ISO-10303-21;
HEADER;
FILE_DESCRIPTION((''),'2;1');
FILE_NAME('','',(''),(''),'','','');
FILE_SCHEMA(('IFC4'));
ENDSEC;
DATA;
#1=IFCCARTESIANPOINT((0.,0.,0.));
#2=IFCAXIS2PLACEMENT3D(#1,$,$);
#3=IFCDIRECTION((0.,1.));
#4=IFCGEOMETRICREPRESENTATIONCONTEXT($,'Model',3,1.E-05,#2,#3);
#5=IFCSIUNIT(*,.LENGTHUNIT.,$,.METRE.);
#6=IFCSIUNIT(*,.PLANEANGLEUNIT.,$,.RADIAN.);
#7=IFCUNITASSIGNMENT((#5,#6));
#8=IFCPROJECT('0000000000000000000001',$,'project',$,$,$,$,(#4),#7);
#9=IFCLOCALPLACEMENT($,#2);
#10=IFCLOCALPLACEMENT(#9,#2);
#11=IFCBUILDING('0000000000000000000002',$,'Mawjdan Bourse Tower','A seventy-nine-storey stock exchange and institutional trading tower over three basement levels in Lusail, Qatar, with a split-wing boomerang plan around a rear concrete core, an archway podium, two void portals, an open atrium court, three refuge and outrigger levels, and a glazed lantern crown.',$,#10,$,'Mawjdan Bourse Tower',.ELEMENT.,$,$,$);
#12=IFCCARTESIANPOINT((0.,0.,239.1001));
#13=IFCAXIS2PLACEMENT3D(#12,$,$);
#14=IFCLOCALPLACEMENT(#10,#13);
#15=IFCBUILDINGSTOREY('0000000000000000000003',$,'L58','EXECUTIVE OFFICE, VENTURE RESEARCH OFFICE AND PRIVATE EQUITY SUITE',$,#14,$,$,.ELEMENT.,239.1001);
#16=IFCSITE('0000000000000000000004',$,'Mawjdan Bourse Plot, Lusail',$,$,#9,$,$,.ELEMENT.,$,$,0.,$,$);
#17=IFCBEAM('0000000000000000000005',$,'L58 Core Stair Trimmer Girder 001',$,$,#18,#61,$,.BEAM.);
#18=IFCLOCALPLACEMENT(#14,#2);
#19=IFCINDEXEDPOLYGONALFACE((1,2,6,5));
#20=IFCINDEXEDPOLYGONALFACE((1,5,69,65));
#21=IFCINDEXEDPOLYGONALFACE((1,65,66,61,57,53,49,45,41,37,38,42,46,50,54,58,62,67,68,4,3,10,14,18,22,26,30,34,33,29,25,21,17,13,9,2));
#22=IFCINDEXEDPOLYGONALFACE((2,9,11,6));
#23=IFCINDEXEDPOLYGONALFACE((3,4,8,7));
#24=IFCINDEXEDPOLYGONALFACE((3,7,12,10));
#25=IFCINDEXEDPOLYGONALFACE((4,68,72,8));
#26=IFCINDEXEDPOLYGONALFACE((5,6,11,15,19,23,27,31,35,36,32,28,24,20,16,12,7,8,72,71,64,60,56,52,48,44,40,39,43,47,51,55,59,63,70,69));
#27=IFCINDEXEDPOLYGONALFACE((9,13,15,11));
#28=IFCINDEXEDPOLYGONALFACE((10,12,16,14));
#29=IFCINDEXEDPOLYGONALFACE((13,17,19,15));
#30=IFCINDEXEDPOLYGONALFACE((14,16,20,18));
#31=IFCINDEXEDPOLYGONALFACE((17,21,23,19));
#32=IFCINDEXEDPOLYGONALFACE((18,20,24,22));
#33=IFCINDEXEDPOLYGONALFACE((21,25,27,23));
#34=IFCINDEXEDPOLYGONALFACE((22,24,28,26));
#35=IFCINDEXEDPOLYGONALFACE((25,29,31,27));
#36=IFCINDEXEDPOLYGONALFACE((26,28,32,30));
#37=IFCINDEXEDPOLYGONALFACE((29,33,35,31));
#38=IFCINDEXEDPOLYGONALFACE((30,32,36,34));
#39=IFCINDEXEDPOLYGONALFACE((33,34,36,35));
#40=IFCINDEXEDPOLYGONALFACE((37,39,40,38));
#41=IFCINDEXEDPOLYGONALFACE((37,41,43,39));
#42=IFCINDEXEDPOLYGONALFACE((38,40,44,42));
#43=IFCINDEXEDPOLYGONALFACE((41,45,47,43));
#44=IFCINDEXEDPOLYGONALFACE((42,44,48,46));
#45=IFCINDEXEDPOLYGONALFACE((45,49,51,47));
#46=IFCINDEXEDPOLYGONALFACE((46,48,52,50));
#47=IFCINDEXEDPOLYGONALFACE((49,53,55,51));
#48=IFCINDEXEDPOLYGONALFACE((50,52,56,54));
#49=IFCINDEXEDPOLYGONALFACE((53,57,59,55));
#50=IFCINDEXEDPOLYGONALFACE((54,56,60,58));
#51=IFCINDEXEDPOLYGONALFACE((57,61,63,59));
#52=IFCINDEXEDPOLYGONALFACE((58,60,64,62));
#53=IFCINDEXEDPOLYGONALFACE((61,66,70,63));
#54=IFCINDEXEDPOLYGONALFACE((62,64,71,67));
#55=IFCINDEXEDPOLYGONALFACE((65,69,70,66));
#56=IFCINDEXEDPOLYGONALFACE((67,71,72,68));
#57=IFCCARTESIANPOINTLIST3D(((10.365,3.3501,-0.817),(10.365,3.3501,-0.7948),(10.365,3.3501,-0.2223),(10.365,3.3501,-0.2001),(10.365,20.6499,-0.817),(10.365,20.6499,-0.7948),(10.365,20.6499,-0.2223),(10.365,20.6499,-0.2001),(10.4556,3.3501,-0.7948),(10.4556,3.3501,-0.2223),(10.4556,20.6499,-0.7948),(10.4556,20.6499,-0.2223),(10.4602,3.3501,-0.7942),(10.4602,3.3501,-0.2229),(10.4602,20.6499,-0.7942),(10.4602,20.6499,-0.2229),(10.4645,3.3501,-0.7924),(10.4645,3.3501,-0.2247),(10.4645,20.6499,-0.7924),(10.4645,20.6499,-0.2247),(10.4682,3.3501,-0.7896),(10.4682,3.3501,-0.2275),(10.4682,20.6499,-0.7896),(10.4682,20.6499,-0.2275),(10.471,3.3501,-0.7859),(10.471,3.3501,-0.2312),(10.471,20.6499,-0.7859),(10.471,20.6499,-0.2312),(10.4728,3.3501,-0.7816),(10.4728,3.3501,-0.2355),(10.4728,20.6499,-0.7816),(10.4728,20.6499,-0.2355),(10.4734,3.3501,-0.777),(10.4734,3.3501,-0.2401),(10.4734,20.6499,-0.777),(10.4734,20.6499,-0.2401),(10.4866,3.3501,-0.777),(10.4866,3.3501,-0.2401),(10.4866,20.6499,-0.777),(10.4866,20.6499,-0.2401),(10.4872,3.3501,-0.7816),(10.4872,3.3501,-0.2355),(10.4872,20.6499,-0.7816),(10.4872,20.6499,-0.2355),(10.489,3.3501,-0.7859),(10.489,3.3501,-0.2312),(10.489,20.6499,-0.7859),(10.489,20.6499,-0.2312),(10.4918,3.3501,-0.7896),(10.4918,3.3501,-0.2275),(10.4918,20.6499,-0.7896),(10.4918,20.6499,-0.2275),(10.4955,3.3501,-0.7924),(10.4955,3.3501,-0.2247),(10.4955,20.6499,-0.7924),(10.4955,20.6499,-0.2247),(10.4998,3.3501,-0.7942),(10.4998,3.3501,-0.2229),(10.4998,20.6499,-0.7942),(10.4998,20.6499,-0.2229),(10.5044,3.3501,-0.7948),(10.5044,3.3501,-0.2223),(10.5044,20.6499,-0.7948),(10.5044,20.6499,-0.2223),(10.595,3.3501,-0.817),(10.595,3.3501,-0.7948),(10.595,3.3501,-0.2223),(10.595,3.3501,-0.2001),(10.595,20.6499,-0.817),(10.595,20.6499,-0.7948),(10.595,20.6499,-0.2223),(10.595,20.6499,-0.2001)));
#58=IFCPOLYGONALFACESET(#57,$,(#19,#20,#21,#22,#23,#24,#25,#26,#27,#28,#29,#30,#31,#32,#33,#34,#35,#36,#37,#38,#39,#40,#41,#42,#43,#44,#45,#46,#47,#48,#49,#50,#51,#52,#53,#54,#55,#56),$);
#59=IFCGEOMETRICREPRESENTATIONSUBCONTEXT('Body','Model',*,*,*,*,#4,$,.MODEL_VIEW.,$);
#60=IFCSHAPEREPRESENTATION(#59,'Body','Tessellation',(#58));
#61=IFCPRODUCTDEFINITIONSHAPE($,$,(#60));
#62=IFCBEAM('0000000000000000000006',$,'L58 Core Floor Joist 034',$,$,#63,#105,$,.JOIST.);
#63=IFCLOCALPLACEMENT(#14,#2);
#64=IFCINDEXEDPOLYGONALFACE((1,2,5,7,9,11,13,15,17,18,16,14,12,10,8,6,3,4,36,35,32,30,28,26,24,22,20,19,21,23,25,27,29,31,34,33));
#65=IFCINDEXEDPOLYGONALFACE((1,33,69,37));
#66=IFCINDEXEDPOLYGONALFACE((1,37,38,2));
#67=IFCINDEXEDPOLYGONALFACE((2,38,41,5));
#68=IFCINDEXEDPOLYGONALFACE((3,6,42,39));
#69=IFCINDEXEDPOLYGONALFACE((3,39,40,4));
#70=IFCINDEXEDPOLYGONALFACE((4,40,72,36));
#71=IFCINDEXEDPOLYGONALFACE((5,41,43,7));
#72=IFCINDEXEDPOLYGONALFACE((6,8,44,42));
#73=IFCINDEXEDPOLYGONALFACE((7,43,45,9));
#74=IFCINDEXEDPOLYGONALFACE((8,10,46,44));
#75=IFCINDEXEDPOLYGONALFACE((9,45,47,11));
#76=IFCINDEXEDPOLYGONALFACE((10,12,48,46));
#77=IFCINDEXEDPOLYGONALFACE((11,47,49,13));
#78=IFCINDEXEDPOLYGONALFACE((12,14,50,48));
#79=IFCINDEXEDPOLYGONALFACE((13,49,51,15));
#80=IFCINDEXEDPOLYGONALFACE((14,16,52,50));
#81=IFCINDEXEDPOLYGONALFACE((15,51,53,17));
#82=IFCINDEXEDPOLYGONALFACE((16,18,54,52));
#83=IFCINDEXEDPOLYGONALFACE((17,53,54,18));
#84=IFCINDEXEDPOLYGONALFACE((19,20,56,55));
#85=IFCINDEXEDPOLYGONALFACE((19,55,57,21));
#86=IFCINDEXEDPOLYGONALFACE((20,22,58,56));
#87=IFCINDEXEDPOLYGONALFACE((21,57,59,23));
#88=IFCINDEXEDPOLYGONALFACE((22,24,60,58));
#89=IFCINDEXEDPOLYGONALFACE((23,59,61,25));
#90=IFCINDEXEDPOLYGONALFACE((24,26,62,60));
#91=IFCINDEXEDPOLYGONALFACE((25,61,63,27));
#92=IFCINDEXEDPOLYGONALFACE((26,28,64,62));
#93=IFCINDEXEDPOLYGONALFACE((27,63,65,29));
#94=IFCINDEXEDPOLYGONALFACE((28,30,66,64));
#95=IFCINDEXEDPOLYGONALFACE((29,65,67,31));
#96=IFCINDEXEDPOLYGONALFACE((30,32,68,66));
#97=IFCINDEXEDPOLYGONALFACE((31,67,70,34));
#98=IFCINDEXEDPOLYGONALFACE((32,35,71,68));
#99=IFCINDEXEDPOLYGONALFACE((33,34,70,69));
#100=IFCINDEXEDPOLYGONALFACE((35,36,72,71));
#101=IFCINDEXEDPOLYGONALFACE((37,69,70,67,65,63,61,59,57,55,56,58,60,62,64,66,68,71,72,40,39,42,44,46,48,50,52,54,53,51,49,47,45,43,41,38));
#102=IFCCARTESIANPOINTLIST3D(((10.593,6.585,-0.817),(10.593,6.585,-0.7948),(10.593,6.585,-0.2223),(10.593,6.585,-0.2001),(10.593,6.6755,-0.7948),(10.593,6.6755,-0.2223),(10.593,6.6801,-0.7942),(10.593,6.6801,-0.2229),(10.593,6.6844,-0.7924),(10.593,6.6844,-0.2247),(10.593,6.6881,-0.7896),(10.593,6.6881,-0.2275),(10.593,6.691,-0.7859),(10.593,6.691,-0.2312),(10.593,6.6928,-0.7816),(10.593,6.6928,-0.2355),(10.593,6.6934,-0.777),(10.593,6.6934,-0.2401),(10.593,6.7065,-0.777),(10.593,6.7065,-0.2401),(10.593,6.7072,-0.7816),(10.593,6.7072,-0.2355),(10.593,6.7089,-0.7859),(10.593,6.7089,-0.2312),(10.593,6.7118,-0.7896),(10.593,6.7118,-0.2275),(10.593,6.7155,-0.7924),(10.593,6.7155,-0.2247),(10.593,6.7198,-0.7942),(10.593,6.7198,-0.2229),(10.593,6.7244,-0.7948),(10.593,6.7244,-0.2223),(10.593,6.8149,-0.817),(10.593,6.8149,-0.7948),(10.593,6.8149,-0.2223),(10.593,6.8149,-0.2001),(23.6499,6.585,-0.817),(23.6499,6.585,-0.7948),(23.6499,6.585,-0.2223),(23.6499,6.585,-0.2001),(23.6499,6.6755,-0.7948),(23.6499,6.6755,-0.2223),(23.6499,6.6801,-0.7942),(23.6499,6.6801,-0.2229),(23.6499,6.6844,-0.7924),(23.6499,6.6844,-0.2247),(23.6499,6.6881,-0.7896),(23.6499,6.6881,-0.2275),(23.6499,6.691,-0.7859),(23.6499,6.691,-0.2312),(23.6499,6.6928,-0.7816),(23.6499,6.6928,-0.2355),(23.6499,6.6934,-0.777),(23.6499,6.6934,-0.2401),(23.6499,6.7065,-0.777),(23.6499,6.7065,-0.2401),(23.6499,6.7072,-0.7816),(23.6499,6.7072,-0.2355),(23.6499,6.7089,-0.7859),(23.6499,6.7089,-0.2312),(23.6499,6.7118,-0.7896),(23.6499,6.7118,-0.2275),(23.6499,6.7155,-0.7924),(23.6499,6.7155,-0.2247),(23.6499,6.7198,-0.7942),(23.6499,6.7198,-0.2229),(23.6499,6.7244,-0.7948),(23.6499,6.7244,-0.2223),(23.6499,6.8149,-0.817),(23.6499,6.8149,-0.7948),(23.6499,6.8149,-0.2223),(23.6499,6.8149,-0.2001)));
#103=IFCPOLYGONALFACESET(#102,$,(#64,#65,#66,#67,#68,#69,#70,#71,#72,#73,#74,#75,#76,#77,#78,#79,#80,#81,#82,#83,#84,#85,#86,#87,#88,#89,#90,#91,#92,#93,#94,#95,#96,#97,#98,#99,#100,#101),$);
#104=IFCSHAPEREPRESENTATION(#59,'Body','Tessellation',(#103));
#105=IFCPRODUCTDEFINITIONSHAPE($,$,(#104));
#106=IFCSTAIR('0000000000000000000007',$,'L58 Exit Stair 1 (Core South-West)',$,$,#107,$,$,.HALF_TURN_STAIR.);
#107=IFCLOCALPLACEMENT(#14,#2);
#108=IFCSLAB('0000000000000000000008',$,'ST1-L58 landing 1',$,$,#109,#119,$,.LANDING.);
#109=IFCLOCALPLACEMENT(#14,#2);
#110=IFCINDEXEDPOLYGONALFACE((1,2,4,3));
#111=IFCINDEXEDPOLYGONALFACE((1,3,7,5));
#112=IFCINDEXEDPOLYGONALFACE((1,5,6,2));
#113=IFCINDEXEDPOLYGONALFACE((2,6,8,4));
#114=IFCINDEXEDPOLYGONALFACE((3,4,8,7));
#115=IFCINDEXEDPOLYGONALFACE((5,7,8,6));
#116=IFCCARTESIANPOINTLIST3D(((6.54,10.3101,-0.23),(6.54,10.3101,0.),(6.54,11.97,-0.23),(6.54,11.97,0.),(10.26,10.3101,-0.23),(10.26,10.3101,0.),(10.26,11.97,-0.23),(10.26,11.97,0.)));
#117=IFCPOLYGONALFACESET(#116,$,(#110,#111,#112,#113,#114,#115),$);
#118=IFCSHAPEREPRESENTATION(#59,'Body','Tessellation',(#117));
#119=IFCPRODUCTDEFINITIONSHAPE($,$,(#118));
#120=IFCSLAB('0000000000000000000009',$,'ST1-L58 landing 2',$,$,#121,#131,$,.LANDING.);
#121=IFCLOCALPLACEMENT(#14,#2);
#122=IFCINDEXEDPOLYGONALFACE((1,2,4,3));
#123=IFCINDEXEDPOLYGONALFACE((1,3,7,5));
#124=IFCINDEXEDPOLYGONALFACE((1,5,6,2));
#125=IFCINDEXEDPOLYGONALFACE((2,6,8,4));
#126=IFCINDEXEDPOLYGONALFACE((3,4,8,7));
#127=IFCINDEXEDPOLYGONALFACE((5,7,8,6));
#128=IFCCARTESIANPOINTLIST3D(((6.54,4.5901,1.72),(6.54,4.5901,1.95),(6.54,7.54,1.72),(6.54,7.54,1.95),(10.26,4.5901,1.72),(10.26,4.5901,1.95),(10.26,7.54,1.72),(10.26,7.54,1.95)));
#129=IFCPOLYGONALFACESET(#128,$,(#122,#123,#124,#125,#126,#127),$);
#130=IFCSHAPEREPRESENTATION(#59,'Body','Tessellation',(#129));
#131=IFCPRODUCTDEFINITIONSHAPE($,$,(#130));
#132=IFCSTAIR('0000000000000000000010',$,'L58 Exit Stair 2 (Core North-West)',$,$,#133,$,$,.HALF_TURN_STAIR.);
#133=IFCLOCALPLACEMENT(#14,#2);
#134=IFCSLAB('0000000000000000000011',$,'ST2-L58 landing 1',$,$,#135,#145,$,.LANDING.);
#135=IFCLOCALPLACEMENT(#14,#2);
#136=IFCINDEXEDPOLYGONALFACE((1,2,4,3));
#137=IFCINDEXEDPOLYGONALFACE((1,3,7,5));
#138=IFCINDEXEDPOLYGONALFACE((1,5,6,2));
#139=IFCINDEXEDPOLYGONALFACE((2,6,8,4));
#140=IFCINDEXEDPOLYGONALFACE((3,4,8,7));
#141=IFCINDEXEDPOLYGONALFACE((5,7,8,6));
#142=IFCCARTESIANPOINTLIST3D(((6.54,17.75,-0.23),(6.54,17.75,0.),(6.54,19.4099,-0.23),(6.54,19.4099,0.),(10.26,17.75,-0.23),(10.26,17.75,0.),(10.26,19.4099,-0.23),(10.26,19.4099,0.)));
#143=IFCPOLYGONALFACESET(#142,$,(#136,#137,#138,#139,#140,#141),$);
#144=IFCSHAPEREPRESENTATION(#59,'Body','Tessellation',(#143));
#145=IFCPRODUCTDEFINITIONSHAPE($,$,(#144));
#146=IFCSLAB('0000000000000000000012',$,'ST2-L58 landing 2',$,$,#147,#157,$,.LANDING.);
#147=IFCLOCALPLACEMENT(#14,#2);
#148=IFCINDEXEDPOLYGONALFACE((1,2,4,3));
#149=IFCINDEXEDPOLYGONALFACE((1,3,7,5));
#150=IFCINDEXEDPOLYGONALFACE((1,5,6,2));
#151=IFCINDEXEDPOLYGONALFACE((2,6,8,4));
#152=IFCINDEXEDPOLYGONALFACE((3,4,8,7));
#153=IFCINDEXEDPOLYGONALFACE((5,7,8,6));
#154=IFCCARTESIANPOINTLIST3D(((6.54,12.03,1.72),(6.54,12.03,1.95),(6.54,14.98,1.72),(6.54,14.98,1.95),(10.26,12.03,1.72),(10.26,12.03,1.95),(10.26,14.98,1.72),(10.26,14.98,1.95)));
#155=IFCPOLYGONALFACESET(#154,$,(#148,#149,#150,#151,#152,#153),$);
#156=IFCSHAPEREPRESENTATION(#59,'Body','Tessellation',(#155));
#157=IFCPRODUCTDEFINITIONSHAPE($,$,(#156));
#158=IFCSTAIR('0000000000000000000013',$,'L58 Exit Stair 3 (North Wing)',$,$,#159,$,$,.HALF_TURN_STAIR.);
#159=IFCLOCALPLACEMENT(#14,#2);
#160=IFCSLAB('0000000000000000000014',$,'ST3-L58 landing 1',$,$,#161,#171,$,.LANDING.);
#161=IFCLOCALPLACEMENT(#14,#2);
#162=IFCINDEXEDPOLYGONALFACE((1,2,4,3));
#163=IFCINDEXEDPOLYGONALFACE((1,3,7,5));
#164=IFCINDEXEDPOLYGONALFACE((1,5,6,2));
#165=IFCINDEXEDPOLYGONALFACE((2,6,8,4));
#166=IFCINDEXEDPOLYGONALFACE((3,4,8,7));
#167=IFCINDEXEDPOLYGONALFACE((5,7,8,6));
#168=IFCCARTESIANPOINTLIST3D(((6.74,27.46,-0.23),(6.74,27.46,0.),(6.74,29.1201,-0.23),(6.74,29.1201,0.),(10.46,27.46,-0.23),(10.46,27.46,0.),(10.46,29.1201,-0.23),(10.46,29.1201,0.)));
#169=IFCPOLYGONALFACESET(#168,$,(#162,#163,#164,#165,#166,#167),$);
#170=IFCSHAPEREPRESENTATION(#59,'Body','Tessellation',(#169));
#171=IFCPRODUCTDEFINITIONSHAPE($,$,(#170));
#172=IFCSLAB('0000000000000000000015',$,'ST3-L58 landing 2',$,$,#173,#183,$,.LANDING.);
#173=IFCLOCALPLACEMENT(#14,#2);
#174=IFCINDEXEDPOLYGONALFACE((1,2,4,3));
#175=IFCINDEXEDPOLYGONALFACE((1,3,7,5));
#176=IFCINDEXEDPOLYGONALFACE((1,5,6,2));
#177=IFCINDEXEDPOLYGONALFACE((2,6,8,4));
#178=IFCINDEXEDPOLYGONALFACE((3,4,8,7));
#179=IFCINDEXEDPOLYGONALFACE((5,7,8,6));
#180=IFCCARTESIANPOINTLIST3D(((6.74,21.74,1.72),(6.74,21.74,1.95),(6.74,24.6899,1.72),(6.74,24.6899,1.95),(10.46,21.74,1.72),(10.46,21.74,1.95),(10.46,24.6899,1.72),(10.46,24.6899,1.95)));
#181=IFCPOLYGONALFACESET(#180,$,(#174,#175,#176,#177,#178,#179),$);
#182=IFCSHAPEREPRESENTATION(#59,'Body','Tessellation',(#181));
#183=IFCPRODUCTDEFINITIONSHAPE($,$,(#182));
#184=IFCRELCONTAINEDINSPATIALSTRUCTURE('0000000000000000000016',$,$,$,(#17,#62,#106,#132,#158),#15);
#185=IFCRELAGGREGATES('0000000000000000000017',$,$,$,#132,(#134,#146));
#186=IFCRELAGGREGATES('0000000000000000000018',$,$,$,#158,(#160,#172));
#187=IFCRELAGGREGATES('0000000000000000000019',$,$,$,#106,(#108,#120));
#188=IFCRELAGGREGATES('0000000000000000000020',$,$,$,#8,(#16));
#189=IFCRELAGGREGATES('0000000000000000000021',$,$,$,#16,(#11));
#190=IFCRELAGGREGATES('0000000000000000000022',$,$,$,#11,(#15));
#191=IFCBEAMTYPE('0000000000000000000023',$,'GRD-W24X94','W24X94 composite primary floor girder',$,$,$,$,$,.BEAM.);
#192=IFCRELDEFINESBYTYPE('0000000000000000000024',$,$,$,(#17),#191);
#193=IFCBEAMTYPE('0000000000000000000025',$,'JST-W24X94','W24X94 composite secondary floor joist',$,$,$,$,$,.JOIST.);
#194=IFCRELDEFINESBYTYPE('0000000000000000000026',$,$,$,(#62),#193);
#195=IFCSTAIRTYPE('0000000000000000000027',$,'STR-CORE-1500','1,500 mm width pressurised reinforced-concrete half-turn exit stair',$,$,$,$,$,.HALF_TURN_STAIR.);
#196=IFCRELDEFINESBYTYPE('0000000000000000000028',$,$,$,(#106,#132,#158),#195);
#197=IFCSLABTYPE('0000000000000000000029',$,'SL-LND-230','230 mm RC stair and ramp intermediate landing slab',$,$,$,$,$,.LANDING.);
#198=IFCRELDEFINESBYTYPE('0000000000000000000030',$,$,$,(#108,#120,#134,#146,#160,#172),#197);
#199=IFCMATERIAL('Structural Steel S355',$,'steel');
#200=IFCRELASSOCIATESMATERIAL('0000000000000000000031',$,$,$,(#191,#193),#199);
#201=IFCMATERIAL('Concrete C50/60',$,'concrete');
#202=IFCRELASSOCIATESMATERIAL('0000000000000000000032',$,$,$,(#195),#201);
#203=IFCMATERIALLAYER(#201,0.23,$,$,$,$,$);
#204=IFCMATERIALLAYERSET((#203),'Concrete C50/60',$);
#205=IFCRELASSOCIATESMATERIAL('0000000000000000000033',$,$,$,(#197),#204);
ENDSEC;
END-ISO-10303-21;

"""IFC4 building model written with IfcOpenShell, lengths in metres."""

from ifc_helpers import new_model, si_unit, direction, frame, origin, origin_2d, place, context, subcontext, project, spatial, polyline, i_section, outline, extrude, material, layer, layer_set, material_profile, profile_set, type_object, element, aggregate, save


model = new_model("IFC4")

# Units and contexts
model_context = context("Model", 3, precision=1e-05, world=origin(), true_north=direction((0.0, 1.0)))
body_context = subcontext(model_context, "Body", "Model", "MODEL_VIEW")
ifc_project = project(units=[si_unit("LENGTHUNIT", "METRE"), si_unit("PLANEANGLEUNIT", "RADIAN")], contexts=[model_context])

# Site, building, storey
site_placement = place(None, origin())
site = spatial("IfcSite", under=ifc_project, at=site_placement, Name="Mawjdan Bourse Plot, Lusail", CompositionType="ELEMENT", RefElevation=0.0)
building_placement = place(site_placement, origin())
building = spatial("IfcBuilding", under=site, at=building_placement, Name="Mawjdan Bourse Tower", Description="A seventy-nine-storey stock exchange and institutional trading tower over three basement levels in Lusail, Qatar, with a split-wing boomerang plan around a rear concrete core, an archway podium, two void portals, an open atrium court, three refuge and outrigger levels, and a glazed lantern crown.", LongName="Mawjdan Bourse Tower", CompositionType="ELEMENT")
storey_placement = place(building_placement, frame((0.0, 0.0, 239.1001)))
storey = spatial("IfcBuildingStorey", under=building, at=storey_placement, Name="L58", Description="EXECUTIVE OFFICE, VENTURE RESEARCH OFFICE AND PRIVATE EQUITY SUITE", CompositionType="ELEMENT", Elevation=239.1001)

# Beams
ifc_material_1 = material(Name="Structural Steel S355", Category="steel")
ifc_material_profile_1 = material_profile(ifc_material_1, i_section(OverallWidth=0.23, OverallDepth=0.6169, WebThickness=0.0132, FlangeThickness=0.0222, FilletRadius=0.0178, at=origin_2d()), Name="W24X94")
ifc_profile_set_1 = profile_set([ifc_material_profile_1], Name="Structural Steel S355")
beam_type_1 = type_object("IfcBeamType", Name="GRD-W24X94", Description="W24X94 composite primary floor girder", PredefinedType="BEAM", material=ifc_profile_set_1)
beam_1_placement = place(storey_placement, frame((10.48, 3.3501, -0.5085), z_axis=(0.0, 1.0, 0.0), x_axis=(-1.0, 0.0, 0.0)))
element("IfcBeam", 1, at=beam_1_placement, inside=storey, type_object=beam_type_1, Name="L58 Core Stair Trimmer Girder 001", PredefinedType="BEAM", context=body_context, shape_type="SweptSolid", body=[
    extrude(i_section(OverallWidth=0.23, OverallDepth=0.6169, WebThickness=0.0132, FlangeThickness=0.0222, FilletRadius=0.0178, at=origin_2d()), origin(), (0.0, 0.0, 1.0), 17.2998),
])
ifc_material_profile_2 = material_profile(ifc_material_1, i_section(OverallWidth=0.23, OverallDepth=0.6169, WebThickness=0.0132, FlangeThickness=0.0222, FilletRadius=0.0178, at=origin_2d()), Name="W24X94")
ifc_profile_set_2 = profile_set([ifc_material_profile_2], Name="Structural Steel S355")
beam_type_2 = type_object("IfcBeamType", Name="JST-W24X94", Description="W24X94 composite secondary floor joist", PredefinedType="JOIST", material=ifc_profile_set_2)
beam_2_placement = place(storey_placement, frame((10.593, 6.7, -0.5085), z_axis=(1.0, 0.0, 0.0), x_axis=(0.0, 1.0, 0.0)))
element("IfcBeam", 2, at=beam_2_placement, inside=storey, type_object=beam_type_2, Name="L58 Core Floor Joist 034", PredefinedType="JOIST", context=body_context, shape_type="SweptSolid", body=[
    extrude(i_section(OverallWidth=0.23, OverallDepth=0.6169, WebThickness=0.0132, FlangeThickness=0.0222, FilletRadius=0.0178, at=origin_2d()), origin(), (0.0, 0.0, 1.0), 13.0569),
])

# Stairs, slabs
ifc_material_2 = material(Name="Concrete C50/60", Category="concrete")
stair_type = type_object("IfcStairType", Name="STR-CORE-1500", Description="1,500 mm width pressurised reinforced-concrete half-turn exit stair", PredefinedType="HALF_TURN_STAIR", material=ifc_material_2)
stair_1_placement = place(storey_placement, origin())
stair_1 = element("IfcStair", 3, at=stair_1_placement, inside=storey, type_object=stair_type, Name="L58 Exit Stair 1 (Core South-West)", PredefinedType="HALF_TURN_STAIR")
ifc_layer_1 = layer(ifc_material_2, 0.23)
ifc_layer_set_1 = layer_set([ifc_layer_1], Name="Concrete C50/60")
slab_type_1 = type_object("IfcSlabType", Name="SL-LND-230", Description="230 mm RC stair and ramp intermediate landing slab", PredefinedType="LANDING", material=ifc_layer_set_1)
slab_1_placement = place(storey_placement, frame((0.0, 0.0, -0.23)))
slab_1 = element("IfcSlab", 4, at=slab_1_placement, type_object=slab_type_1, Name="ST1-L58 landing 1", PredefinedType="LANDING", context=body_context, shape_type="SweptSolid", body=[
    extrude(outline(polyline([(6.54, 10.3101), (10.26, 10.3101), (10.26, 11.97), (6.54, 11.97), (6.54, 10.3101)])), origin(), (0.0, 0.0, 1.0), 0.23),
])
slab_2_placement = place(storey_placement, frame((0.0, 0.0, 1.72)))
slab_2 = element("IfcSlab", 5, at=slab_2_placement, type_object=slab_type_1, Name="ST1-L58 landing 2", PredefinedType="LANDING", context=body_context, shape_type="SweptSolid", body=[
    extrude(outline(polyline([(6.54, 4.5901), (10.26, 4.5901), (10.26, 7.54), (6.54, 7.54), (6.54, 4.5901)])), origin(), (0.0, 0.0, 1.0), 0.23),
])
stair_2_placement = place(storey_placement, origin())
stair_2 = element("IfcStair", 6, at=stair_2_placement, inside=storey, type_object=stair_type, Name="L58 Exit Stair 2 (Core North-West)", PredefinedType="HALF_TURN_STAIR")
slab_3_placement = place(storey_placement, frame((0.0, 0.0, -0.23)))
slab_3 = element("IfcSlab", 7, at=slab_3_placement, type_object=slab_type_1, Name="ST2-L58 landing 1", PredefinedType="LANDING", context=body_context, shape_type="SweptSolid", body=[
    extrude(outline(polyline([(6.54, 17.75), (10.26, 17.75), (10.26, 19.4099), (6.54, 19.4099), (6.54, 17.75)])), origin(), (0.0, 0.0, 1.0), 0.23),
])
slab_4_placement = place(storey_placement, frame((0.0, 0.0, 1.72)))
slab_4 = element("IfcSlab", 8, at=slab_4_placement, type_object=slab_type_1, Name="ST2-L58 landing 2", PredefinedType="LANDING", context=body_context, shape_type="SweptSolid", body=[
    extrude(outline(polyline([(6.54, 12.03), (10.26, 12.03), (10.26, 14.98), (6.54, 14.98), (6.54, 12.03)])), origin(), (0.0, 0.0, 1.0), 0.23),
])
aggregate(stair_2, [slab_3, slab_4])
stair_3_placement = place(storey_placement, origin())
stair_3 = element("IfcStair", 9, at=stair_3_placement, inside=storey, type_object=stair_type, Name="L58 Exit Stair 3 (North Wing)", PredefinedType="HALF_TURN_STAIR")
slab_5_placement = place(storey_placement, frame((0.0, 0.0, -0.23)))
slab_5 = element("IfcSlab", 10, at=slab_5_placement, type_object=slab_type_1, Name="ST3-L58 landing 1", PredefinedType="LANDING", context=body_context, shape_type="SweptSolid", body=[
    extrude(outline(polyline([(6.74, 27.46), (10.46, 27.46), (10.46, 29.1201), (6.74, 29.1201), (6.74, 27.46)])), origin(), (0.0, 0.0, 1.0), 0.23),
])
slab_6_placement = place(storey_placement, frame((0.0, 0.0, 1.72)))
slab_6 = element("IfcSlab", 11, at=slab_6_placement, type_object=slab_type_1, Name="ST3-L58 landing 2", PredefinedType="LANDING", context=body_context, shape_type="SweptSolid", body=[
    extrude(outline(polyline([(6.74, 21.74), (10.46, 21.74), (10.46, 24.6899), (6.74, 24.6899), (6.74, 21.74)])), origin(), (0.0, 0.0, 1.0), 0.23),
])
aggregate(stair_3, [slab_5, slab_6])

aggregate(stair_1, [slab_1, slab_2])

save(model, "model.ifc")
